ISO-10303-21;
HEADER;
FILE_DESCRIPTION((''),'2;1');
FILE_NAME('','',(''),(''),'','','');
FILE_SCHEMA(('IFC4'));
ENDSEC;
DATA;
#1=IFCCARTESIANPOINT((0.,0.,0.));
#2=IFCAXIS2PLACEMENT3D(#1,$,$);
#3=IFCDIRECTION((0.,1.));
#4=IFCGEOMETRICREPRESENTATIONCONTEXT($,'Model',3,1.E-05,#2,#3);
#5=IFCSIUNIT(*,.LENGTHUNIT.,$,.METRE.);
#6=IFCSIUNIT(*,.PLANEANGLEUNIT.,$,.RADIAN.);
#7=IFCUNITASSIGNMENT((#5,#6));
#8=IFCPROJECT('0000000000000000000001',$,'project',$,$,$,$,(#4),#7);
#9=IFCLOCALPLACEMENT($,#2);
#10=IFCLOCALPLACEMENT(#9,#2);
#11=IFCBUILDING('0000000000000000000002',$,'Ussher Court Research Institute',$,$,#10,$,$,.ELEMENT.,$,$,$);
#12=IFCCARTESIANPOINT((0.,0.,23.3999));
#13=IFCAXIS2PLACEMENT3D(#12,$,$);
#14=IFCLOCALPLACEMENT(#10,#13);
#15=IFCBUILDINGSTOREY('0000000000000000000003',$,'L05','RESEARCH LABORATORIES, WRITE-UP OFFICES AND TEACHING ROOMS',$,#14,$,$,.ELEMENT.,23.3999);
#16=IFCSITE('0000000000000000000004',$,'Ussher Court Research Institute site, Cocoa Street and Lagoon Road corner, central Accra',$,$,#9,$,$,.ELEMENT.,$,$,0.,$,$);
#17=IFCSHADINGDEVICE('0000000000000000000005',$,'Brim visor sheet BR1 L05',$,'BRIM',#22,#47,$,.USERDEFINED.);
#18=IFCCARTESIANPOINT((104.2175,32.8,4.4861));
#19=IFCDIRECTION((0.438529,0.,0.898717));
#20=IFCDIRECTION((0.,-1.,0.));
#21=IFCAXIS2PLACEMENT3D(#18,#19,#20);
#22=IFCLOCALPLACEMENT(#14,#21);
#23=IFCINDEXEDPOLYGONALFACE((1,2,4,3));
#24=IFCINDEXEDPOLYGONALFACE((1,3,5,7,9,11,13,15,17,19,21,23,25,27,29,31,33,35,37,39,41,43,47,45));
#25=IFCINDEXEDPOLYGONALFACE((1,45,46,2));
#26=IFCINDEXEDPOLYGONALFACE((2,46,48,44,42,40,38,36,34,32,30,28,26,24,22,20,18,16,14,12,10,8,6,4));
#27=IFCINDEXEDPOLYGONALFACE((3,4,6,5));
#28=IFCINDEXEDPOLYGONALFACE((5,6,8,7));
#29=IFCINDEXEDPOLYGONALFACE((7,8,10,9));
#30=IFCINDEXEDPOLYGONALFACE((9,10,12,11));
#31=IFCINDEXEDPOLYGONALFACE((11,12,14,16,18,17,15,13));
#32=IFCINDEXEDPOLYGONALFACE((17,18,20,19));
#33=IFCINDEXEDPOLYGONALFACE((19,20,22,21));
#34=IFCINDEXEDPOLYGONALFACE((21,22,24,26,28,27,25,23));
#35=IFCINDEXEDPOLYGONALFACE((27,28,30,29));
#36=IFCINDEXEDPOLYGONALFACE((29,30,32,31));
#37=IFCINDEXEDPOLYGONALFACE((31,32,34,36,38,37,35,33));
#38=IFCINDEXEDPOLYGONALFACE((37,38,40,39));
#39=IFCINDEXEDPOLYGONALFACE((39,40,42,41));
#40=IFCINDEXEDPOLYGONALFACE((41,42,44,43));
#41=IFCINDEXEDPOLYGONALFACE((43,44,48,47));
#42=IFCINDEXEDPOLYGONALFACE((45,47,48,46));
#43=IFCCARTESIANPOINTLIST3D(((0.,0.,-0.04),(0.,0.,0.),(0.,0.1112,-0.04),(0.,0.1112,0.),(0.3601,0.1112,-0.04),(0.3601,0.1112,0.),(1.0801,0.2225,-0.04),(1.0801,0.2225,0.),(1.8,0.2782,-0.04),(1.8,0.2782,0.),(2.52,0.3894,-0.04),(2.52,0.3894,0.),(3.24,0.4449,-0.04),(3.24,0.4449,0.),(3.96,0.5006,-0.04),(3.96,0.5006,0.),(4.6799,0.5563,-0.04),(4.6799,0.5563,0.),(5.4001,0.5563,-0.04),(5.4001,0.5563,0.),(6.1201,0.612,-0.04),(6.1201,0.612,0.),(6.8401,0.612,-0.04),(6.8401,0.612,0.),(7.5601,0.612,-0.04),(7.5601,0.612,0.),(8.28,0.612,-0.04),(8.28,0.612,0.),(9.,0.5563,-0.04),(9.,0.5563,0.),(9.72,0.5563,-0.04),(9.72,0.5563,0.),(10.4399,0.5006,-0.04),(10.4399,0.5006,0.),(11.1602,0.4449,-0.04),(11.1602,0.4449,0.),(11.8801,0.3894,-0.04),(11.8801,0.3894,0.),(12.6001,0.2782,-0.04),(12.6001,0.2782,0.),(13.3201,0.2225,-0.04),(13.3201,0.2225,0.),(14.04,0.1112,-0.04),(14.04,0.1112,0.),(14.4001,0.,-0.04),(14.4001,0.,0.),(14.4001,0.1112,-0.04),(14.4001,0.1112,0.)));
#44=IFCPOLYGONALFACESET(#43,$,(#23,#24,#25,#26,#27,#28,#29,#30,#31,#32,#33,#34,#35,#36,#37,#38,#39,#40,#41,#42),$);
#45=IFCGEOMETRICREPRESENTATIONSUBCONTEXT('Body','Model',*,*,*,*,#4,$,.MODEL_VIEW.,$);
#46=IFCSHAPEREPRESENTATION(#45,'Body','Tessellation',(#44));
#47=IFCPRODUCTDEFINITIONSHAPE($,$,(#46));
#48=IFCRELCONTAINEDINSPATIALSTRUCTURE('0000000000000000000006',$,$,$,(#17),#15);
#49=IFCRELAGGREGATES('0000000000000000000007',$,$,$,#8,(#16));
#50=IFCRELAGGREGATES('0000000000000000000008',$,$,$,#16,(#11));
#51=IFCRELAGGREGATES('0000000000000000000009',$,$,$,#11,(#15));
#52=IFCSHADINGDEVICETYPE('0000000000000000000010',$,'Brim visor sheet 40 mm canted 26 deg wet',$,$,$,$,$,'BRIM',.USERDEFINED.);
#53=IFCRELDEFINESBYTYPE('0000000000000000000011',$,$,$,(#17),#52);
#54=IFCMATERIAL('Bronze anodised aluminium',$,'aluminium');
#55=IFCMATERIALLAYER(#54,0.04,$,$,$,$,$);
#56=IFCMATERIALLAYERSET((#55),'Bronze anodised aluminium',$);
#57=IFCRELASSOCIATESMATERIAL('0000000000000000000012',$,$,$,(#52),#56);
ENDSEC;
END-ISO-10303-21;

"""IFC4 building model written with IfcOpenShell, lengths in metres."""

from ifc_helpers import new_model, si_unit, direction, frame, origin, place, context, subcontext, project, spatial, polyline, outline, extrude, material, layer, layer_set, type_object, element, save


model = new_model("IFC4")

# Units and contexts
model_context = context("Model", 3, precision=1e-05, world=origin(), true_north=direction((0.0, 1.0)))
body_context = subcontext(model_context, "Body", "Model", "MODEL_VIEW")
ifc_project = project(units=[si_unit("LENGTHUNIT", "METRE"), si_unit("PLANEANGLEUNIT", "RADIAN")], contexts=[model_context])

# Site, building, storey
site_placement = place(None, origin())
site = spatial("IfcSite", under=ifc_project, at=site_placement, Name="Ussher Court Research Institute site, Cocoa Street and Lagoon Road corner, central Accra", CompositionType="ELEMENT", RefElevation=0.0)
building_placement = place(site_placement, origin())
building = spatial("IfcBuilding", under=site, at=building_placement, Name="Ussher Court Research Institute", CompositionType="ELEMENT")
storey_placement = place(building_placement, frame((0.0, 0.0, 23.3999)))
storey = spatial("IfcBuildingStorey", under=building, at=storey_placement, Name="L05", Description="RESEARCH LABORATORIES, WRITE-UP OFFICES AND TEACHING ROOMS", CompositionType="ELEMENT", Elevation=23.3999)

# Shading device
ifc_material_1 = material(Name="Bronze anodised aluminium", Category="aluminium")
ifc_layer_1 = layer(ifc_material_1, 0.04)
ifc_layer_set_1 = layer_set([ifc_layer_1], Name="Bronze anodised aluminium")
shading_device_type_1 = type_object("IfcShadingDeviceType", Name="Brim visor sheet 40 mm canted 26 deg wet", ElementType="BRIM", PredefinedType="USERDEFINED", material=ifc_layer_set_1)
shading_device_1_placement = place(storey_placement, frame((104.2175, 32.8, 4.4861), z_axis=(0.438529, 0.0, 0.898717), x_axis=(0.0, -1.0, 0.0)))
element("IfcShadingDevice", 1, at=shading_device_1_placement, inside=storey, type_object=shading_device_type_1, Name="Brim visor sheet BR1 L05", ObjectType="BRIM", PredefinedType="USERDEFINED", context=body_context, shape_type="SweptSolid", body=[
    extrude(outline(polyline([(0.0, 0.0), (14.4001, 0.0), (14.4001, 0.1112), (14.04, 0.1112), (13.3201, 0.2225), (12.6001, 0.2782), (11.8801, 0.3894), (11.1602, 0.4449), (10.4399, 0.5006), (9.72, 0.5563), (9.0, 0.5563), (8.28, 0.612), (7.5601, 0.612), (6.8401, 0.612), (6.1201, 0.612), (5.4001, 0.5563), (4.6799, 0.5563), (3.96, 0.5006), (3.24, 0.4449), (2.52, 0.3894), (1.8, 0.2782), (1.0801, 0.2225), (0.3601, 0.1112), (0.0, 0.1112), (0.0, 0.0)])), origin(), (0.0, 0.0, -1.0), 0.04),
])

save(model, "model.ifc")
